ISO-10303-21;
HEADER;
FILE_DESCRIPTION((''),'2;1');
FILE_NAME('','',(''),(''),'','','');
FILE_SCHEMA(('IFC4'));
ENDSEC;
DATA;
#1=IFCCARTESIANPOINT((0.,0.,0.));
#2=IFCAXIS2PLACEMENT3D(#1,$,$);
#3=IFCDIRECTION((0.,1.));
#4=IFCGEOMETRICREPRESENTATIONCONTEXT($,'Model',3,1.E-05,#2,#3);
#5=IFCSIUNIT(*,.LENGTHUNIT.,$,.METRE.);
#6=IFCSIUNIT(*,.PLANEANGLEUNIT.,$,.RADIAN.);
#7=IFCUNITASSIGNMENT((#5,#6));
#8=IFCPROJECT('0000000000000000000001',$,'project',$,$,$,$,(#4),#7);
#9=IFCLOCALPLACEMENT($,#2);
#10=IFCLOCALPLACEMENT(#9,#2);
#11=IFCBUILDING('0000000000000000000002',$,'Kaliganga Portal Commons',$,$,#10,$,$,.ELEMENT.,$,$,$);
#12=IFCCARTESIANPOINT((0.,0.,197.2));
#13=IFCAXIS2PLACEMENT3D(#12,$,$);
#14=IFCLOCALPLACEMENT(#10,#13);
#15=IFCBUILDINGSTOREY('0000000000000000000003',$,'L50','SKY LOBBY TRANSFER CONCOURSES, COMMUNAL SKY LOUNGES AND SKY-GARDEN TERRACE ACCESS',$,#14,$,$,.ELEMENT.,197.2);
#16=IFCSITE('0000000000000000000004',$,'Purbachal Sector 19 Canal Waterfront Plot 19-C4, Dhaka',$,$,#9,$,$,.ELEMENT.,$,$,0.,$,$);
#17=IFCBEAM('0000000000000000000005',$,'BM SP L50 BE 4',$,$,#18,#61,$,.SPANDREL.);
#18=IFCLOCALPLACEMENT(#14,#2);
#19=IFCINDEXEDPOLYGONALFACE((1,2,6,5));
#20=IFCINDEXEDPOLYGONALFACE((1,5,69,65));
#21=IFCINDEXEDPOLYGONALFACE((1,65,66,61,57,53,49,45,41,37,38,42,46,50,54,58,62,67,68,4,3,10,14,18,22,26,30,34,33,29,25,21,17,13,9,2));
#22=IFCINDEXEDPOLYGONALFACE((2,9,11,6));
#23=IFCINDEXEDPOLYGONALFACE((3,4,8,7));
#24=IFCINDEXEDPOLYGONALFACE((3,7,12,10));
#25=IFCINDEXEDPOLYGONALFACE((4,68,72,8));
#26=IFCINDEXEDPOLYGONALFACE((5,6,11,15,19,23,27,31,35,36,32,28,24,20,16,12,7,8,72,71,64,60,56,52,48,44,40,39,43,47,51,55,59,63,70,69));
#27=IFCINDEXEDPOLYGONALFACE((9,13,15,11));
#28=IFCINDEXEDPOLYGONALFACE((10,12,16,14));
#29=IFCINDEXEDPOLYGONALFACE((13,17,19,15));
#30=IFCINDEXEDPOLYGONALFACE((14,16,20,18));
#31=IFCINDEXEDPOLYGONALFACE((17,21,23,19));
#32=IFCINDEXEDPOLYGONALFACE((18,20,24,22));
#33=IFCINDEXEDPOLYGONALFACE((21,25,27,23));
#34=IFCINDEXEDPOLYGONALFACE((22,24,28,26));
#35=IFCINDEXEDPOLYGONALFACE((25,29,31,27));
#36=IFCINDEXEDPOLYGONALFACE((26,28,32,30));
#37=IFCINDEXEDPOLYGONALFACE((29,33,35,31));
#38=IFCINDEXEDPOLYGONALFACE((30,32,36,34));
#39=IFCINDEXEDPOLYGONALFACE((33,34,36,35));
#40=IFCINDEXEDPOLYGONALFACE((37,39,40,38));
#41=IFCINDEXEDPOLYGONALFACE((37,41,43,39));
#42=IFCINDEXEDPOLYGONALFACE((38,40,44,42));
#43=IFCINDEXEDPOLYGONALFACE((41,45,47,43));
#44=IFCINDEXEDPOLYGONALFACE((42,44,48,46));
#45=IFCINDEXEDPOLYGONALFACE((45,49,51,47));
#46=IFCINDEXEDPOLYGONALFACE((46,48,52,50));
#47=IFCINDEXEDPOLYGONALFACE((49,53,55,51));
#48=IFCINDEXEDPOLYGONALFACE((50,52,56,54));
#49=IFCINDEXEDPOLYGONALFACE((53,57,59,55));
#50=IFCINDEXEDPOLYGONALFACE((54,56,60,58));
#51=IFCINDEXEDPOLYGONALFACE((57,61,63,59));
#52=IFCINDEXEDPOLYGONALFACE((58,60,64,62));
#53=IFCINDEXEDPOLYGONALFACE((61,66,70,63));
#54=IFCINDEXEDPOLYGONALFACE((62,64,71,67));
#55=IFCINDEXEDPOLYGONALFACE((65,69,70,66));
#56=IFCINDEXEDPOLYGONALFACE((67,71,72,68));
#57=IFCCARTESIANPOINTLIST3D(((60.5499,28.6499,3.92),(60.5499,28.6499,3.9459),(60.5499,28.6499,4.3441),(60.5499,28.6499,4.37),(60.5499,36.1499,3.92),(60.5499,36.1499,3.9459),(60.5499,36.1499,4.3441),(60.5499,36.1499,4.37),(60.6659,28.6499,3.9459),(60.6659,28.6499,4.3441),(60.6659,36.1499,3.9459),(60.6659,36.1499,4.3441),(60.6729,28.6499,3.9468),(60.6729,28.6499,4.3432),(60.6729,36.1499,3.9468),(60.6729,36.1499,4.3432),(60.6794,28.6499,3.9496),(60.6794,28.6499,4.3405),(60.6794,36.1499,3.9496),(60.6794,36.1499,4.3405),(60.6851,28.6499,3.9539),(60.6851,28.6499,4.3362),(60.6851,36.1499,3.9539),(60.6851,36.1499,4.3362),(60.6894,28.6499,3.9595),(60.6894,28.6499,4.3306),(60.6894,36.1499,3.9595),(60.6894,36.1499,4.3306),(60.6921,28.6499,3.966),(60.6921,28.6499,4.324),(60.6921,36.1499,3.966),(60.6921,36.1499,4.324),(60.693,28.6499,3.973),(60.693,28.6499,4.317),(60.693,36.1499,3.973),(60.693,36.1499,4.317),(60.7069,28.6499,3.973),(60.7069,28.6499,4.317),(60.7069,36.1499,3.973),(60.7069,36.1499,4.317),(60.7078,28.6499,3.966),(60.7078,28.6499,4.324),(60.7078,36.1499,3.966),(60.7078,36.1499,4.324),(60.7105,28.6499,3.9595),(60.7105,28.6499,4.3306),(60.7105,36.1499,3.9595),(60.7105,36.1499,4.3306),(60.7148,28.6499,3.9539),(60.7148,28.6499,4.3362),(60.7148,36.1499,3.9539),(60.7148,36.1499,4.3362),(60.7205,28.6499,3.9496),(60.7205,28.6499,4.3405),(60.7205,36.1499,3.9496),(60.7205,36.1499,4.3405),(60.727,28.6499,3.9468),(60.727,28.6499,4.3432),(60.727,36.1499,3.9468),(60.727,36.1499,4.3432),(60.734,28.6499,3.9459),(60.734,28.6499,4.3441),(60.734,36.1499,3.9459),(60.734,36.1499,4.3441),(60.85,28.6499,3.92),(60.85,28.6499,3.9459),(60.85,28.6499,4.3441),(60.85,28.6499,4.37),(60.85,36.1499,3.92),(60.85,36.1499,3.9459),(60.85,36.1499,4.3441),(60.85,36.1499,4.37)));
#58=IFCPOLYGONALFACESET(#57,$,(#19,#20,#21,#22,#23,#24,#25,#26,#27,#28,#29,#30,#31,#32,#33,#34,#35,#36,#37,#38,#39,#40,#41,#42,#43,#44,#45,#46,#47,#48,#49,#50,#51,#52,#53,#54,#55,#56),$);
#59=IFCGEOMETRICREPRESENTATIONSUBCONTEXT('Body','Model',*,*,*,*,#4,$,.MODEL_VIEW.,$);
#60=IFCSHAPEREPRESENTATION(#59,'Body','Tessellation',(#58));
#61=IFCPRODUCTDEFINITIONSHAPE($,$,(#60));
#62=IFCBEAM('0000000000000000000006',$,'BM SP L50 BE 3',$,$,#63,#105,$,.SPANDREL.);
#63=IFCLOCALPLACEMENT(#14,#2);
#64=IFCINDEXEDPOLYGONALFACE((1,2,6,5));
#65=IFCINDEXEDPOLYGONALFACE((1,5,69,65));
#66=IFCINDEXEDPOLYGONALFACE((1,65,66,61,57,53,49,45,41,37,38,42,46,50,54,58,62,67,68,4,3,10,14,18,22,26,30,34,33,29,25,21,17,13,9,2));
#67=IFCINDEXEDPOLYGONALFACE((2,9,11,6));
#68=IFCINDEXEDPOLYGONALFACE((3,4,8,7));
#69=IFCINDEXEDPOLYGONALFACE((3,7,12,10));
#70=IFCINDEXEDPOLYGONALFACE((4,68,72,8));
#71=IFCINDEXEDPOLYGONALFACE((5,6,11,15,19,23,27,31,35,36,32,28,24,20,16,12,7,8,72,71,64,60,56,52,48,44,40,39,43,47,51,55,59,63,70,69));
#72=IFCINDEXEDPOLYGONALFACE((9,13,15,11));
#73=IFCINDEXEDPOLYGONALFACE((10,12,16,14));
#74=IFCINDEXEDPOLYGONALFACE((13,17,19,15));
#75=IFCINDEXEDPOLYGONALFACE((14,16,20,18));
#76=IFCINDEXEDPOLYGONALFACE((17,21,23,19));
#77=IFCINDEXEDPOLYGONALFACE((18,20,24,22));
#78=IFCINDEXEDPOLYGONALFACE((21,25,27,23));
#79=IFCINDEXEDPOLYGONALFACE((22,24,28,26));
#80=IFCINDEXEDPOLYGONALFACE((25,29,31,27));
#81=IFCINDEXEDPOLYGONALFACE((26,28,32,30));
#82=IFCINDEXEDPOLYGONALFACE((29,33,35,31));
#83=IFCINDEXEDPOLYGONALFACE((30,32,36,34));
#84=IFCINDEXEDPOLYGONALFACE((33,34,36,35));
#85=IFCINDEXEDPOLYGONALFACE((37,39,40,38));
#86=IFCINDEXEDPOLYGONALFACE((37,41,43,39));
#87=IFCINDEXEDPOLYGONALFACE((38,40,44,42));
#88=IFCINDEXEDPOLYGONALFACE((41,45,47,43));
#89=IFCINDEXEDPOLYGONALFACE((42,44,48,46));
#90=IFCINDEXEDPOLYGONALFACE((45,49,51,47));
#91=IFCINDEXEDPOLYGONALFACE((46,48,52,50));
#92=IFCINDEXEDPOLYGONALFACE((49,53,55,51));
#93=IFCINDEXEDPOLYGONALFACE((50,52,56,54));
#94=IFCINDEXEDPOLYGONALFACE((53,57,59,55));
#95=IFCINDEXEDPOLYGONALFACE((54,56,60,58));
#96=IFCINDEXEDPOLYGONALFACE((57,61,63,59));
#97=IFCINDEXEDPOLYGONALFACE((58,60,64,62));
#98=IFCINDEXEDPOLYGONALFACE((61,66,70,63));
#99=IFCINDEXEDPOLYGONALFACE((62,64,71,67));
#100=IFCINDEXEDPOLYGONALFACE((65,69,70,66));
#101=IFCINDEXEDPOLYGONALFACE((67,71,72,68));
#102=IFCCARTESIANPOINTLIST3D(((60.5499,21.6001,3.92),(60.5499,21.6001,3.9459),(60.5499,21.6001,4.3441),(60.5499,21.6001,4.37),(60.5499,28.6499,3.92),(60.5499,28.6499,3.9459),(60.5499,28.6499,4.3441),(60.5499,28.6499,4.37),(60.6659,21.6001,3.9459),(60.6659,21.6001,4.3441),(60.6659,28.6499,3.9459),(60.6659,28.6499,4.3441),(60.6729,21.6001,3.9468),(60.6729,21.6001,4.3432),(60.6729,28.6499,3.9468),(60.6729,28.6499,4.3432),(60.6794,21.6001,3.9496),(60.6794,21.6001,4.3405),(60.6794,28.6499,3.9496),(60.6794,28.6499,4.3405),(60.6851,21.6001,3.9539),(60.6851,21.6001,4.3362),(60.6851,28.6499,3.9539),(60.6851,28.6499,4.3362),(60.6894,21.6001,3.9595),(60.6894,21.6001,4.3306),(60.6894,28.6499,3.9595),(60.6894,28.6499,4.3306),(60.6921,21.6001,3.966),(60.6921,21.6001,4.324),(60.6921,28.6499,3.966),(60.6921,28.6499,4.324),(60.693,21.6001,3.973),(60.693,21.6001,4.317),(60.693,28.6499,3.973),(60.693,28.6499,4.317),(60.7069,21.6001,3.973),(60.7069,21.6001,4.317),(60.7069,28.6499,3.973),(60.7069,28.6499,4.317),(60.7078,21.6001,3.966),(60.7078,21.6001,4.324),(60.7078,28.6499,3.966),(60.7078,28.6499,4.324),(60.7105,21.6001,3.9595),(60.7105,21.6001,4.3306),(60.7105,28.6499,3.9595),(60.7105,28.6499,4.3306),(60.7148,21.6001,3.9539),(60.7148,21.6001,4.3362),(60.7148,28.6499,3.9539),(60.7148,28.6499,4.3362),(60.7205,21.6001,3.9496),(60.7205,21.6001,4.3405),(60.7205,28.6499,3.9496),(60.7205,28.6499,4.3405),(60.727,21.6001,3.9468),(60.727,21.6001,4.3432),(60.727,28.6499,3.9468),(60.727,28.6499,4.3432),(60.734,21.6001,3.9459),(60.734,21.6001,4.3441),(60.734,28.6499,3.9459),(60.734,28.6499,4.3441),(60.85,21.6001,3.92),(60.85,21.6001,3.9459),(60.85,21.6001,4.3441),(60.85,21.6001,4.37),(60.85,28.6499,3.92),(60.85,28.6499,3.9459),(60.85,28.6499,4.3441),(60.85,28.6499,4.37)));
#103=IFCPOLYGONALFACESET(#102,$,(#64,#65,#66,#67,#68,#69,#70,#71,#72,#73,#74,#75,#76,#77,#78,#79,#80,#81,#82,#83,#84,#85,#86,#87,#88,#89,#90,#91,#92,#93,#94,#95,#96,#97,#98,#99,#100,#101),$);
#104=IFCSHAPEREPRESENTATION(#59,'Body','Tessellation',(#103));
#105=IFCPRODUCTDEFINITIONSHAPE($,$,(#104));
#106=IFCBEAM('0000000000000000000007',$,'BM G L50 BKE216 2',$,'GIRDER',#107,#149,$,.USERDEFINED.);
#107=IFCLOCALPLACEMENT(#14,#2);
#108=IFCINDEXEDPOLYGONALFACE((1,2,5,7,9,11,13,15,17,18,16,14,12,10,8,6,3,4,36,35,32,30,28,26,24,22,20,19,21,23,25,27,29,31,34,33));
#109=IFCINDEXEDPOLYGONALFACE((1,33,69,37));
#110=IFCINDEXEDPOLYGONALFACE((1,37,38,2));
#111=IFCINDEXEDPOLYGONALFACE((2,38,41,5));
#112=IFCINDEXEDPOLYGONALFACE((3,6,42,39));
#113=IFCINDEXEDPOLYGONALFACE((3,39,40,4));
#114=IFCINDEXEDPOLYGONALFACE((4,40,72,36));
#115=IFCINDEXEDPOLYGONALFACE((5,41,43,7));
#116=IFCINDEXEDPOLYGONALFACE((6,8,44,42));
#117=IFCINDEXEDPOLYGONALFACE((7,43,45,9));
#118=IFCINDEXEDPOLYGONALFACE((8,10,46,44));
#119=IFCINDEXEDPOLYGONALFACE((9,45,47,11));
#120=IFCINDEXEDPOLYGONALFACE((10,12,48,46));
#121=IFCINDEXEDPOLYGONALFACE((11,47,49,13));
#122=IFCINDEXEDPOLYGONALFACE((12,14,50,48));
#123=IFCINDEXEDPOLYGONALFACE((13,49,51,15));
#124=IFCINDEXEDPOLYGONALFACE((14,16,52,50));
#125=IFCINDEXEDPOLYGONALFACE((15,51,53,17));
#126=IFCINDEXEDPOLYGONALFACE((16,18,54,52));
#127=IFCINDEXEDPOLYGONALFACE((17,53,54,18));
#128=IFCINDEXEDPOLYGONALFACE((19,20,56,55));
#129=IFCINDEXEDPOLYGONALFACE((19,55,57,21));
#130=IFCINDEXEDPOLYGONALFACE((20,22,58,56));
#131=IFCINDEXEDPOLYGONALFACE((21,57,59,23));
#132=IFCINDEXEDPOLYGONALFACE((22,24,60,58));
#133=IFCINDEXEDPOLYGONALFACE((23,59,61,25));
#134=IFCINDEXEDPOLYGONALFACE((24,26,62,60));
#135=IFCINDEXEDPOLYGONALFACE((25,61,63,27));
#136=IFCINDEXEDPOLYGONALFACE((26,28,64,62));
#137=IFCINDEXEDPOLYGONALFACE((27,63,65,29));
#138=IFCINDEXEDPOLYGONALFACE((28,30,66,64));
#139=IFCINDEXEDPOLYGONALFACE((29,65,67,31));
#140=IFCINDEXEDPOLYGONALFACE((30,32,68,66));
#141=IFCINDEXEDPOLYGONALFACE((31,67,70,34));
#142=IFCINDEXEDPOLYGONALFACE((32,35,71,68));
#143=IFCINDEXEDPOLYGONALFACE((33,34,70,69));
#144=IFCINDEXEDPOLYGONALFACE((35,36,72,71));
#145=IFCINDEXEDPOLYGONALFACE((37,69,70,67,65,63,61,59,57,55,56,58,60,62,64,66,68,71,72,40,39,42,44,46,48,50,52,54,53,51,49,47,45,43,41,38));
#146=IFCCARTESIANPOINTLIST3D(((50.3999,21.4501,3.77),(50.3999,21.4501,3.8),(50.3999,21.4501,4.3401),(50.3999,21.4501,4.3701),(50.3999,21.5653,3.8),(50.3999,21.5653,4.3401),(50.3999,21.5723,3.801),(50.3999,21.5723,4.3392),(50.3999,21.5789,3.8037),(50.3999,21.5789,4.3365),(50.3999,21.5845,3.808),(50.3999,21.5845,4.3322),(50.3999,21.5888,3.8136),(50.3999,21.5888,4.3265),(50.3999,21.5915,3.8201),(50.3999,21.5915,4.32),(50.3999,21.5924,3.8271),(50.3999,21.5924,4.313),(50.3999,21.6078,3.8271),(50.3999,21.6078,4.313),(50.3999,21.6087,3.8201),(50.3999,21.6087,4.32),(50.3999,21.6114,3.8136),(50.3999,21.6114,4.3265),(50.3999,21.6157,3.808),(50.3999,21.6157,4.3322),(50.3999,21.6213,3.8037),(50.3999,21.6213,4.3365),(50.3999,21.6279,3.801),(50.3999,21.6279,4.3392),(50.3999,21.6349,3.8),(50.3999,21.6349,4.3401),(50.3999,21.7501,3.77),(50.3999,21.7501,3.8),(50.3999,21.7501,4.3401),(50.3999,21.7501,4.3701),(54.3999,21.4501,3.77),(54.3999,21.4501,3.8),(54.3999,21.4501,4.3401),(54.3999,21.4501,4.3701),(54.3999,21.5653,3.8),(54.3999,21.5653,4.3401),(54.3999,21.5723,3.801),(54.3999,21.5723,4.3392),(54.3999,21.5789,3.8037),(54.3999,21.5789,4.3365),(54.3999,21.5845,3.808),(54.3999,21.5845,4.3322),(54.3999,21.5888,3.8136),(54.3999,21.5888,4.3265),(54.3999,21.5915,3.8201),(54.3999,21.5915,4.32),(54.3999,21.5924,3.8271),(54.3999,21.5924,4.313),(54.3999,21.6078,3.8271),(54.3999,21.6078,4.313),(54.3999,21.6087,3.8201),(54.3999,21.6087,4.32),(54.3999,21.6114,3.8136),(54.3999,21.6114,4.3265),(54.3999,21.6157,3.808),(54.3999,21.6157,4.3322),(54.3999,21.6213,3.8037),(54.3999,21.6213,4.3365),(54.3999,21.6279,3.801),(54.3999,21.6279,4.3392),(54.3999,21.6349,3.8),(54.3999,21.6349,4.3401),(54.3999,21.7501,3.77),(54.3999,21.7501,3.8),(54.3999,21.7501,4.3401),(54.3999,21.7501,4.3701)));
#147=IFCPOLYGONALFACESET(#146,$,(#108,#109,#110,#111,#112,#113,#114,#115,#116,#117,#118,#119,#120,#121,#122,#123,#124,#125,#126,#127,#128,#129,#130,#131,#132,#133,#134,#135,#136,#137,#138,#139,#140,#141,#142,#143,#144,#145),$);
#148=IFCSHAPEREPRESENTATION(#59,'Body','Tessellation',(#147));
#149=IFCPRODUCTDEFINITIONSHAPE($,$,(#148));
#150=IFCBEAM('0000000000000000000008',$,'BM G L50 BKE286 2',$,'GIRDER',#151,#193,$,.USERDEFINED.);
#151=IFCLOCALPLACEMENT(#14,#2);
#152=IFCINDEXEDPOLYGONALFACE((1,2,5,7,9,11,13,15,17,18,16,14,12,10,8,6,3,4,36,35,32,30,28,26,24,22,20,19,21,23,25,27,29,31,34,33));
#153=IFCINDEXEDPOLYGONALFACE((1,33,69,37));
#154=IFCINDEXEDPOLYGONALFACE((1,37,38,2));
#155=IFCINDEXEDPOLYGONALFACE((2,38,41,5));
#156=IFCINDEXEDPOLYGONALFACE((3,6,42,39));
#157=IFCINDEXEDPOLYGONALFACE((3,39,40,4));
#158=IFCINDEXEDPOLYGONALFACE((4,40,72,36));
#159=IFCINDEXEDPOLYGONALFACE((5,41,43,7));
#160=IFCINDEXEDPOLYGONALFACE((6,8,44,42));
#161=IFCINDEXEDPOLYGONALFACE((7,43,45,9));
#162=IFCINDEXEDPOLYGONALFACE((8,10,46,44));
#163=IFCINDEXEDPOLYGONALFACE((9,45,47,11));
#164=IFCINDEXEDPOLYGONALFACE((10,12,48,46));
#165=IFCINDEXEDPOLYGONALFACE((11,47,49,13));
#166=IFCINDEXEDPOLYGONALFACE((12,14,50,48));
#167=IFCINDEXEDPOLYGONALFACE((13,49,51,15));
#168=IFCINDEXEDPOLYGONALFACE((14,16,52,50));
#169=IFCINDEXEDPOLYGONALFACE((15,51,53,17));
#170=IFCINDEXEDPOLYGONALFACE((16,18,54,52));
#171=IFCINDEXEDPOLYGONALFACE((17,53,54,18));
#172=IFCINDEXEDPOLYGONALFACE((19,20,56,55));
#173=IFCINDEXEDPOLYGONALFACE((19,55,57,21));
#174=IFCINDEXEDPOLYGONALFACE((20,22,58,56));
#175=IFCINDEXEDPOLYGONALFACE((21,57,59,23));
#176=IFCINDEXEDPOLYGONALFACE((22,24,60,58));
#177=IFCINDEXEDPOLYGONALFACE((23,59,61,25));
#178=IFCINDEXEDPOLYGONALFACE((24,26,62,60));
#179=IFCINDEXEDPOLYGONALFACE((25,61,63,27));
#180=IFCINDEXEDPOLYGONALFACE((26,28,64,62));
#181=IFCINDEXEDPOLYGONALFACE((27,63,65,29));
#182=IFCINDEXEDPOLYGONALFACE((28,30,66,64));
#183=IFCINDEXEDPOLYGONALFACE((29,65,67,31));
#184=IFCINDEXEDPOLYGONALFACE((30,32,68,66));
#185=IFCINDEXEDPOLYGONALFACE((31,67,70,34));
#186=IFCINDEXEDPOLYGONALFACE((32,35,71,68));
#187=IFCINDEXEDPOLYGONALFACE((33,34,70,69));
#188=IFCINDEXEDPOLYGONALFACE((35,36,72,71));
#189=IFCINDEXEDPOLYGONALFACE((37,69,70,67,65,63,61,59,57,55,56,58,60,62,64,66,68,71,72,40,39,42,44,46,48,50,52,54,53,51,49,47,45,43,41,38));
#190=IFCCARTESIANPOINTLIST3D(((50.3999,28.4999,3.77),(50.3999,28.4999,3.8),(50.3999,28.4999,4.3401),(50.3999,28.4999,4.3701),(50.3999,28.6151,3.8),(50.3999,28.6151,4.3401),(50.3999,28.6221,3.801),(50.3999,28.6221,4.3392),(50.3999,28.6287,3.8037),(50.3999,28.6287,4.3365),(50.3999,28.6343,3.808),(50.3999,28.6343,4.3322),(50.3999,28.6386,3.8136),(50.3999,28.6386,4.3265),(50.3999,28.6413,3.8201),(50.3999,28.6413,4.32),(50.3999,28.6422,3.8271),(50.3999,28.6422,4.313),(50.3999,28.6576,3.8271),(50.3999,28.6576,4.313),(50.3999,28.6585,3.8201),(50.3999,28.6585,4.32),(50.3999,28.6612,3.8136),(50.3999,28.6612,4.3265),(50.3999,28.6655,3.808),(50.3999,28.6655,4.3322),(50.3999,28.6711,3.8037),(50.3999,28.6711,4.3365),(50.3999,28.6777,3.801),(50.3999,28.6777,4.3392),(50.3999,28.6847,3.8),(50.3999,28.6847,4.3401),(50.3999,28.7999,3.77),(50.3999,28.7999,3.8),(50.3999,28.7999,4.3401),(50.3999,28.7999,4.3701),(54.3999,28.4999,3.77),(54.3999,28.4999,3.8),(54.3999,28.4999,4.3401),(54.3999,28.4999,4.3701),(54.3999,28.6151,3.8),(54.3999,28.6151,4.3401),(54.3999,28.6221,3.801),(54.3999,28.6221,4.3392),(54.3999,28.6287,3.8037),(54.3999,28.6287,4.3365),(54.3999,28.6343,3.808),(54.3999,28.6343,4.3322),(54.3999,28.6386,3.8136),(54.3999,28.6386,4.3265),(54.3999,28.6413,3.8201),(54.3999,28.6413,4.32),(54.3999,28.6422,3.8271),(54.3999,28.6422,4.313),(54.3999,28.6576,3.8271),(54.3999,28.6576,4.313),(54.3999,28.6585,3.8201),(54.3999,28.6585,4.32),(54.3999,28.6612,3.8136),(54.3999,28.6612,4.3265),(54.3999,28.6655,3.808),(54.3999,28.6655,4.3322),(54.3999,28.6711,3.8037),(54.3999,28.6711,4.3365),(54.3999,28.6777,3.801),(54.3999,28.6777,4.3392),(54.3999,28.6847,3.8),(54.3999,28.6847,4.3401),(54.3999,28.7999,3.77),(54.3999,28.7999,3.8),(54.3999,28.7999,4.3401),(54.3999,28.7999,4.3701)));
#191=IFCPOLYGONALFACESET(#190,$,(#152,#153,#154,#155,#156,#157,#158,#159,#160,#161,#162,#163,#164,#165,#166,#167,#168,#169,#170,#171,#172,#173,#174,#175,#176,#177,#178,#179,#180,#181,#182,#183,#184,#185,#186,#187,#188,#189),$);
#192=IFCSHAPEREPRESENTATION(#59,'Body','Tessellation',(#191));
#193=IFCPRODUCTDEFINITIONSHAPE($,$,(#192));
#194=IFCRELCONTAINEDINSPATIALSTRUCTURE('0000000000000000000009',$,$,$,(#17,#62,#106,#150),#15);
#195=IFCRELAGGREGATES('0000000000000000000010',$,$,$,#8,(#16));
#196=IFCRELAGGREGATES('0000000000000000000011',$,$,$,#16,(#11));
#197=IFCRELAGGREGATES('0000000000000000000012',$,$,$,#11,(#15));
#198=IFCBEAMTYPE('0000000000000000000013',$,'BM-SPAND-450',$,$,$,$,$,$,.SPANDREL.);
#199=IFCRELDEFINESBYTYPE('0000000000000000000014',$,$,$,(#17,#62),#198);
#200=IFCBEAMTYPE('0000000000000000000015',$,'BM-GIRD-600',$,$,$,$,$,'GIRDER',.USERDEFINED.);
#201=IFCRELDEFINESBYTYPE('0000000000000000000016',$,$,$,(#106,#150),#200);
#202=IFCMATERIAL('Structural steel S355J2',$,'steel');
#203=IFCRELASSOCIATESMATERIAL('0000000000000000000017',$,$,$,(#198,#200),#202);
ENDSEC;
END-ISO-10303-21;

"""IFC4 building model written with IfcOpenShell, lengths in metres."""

from ifc_helpers import new_model, si_unit, direction, frame, origin, origin_2d, place, context, subcontext, project, spatial, i_section, extrude, source, transform, mapped, material, material_profile, profile_set, type_object, element, save


model = new_model("IFC4")

# Units and contexts
model_context = context("Model", 3, precision=1e-05, world=origin(), true_north=direction((0.0, 1.0)))
body_context = subcontext(model_context, "Body", "Model", "MODEL_VIEW")
ifc_project = project(units=[si_unit("LENGTHUNIT", "METRE"), si_unit("PLANEANGLEUNIT", "RADIAN")], contexts=[model_context])

# Site, building, storey
site_placement = place(None, origin())
site = spatial("IfcSite", under=ifc_project, at=site_placement, Name="Purbachal Sector 19 Canal Waterfront Plot 19-C4, Dhaka", CompositionType="ELEMENT", RefElevation=0.0)
building_placement = place(site_placement, origin())
building = spatial("IfcBuilding", under=site, at=building_placement, Name="Kaliganga Portal Commons", CompositionType="ELEMENT")
storey_placement = place(building_placement, frame((0.0, 0.0, 197.2)))
storey = spatial("IfcBuildingStorey", under=building, at=storey_placement, Name="L50", Description="SKY LOBBY TRANSFER CONCOURSES, COMMUNAL SKY LOUNGES AND SKY-GARDEN TERRACE ACCESS", CompositionType="ELEMENT", Elevation=197.2)

# Shared definitions
ifc_material_1 = material(Name="Structural steel S355J2", Category="steel")

# Beams
ifc_material_profile_1 = material_profile(ifc_material_1, i_section(OverallWidth=0.3, OverallDepth=0.45, WebThickness=0.0139, FlangeThickness=0.0259, FilletRadius=0.0271, at=origin_2d()), Name="HE 450 B")
ifc_profile_set_1 = profile_set([ifc_material_profile_1], Name="Structural steel S355J2 wide-flange")
beam_type_1 = type_object("IfcBeamType", Name="BM-SPAND-450", PredefinedType="SPANDREL", material=ifc_profile_set_1)
shared_shape_1 = source(origin(), body_context, "Body", "SweptSolid", [
    extrude(i_section(OverallWidth=0.3, OverallDepth=0.45, WebThickness=0.0139, FlangeThickness=0.0259, FilletRadius=0.0271, at=origin_2d()), origin(), (0.0, 0.0, 1.0), 7.5),
])
beam_1_placement = place(storey_placement, frame((60.7, 28.6499, 4.145), z_axis=(0.0, 1.0, 0.0), x_axis=(-1.0, 0.0, 0.0)))
element("IfcBeam", 1, at=beam_1_placement, inside=storey, type_object=beam_type_1, Name="BM SP L50 BE 4", PredefinedType="SPANDREL", context=body_context, shape_type="MappedRepresentation", body=[
    mapped(shared_shape_1, transform((0.0, 0.0, 0.0), x_axis=(1.0, 0.0, 0.0), y_axis=(0.0, 1.0, 0.0), z_axis=(0.0, 0.0, 1.0), scale=1.0)),
])
shared_shape_2 = source(origin(), body_context, "Body", "SweptSolid", [
    extrude(i_section(OverallWidth=0.3, OverallDepth=0.45, WebThickness=0.0139, FlangeThickness=0.0259, FilletRadius=0.0271, at=origin_2d()), origin(), (0.0, 0.0, 1.0), 7.0498),
])
beam_2_placement = place(storey_placement, frame((60.7, 21.6001, 4.145), z_axis=(0.0, 1.0, 0.0), x_axis=(-1.0, 0.0, 0.0)))
element("IfcBeam", 2, at=beam_2_placement, inside=storey, type_object=beam_type_1, Name="BM SP L50 BE 3", PredefinedType="SPANDREL", context=body_context, shape_type="MappedRepresentation", body=[
    mapped(shared_shape_2, transform((0.0, 0.0, 0.0), x_axis=(1.0, 0.0, 0.0), y_axis=(0.0, 1.0, 0.0), z_axis=(0.0, 0.0, 1.0), scale=1.0)),
])
ifc_material_profile_2 = material_profile(ifc_material_1, i_section(OverallWidth=0.3, OverallDepth=0.6001, WebThickness=0.0154, FlangeThickness=0.03, FilletRadius=0.0271, at=origin_2d()), Name="HE 600 B")
ifc_profile_set_2 = profile_set([ifc_material_profile_2], Name="Structural steel S355J2 wide-flange")
beam_type_2 = type_object("IfcBeamType", Name="BM-GIRD-600", ElementType="GIRDER", PredefinedType="USERDEFINED", material=ifc_profile_set_2)
shared_shape_3 = source(origin(), body_context, "Body", "SweptSolid", [
    extrude(i_section(OverallWidth=0.3, OverallDepth=0.6001, WebThickness=0.0154, FlangeThickness=0.03, FilletRadius=0.0271, at=origin_2d()), origin(), (0.0, 0.0, 1.0), 4.0),
])
for number, where, z_axis, x_axis, name in (
    (3, (50.3999, 21.6001, 4.0701), (1.0, 0.0, 0.0), (0.0, 1.0, 0.0), "BM G L50 BKE216 2"),
    (4, (50.3999, 28.6499, 4.0701), (1.0, 0.0, 0.0), (0.0, 1.0, 0.0), "BM G L50 BKE286 2"),
):
    element("IfcBeam", number, at=place(storey_placement, frame(where, z_axis=z_axis, x_axis=x_axis)), inside=storey, type_object=beam_type_2, Name=name, ObjectType="GIRDER", PredefinedType="USERDEFINED", context=body_context, shape_type="MappedRepresentation", body=[
        mapped(shared_shape_3, transform((0.0, 0.0, 0.0), x_axis=(1.0, 0.0, 0.0), y_axis=(0.0, 1.0, 0.0), z_axis=(0.0, 0.0, 1.0), scale=1.0)),
    ])

save(model, "model.ifc")
